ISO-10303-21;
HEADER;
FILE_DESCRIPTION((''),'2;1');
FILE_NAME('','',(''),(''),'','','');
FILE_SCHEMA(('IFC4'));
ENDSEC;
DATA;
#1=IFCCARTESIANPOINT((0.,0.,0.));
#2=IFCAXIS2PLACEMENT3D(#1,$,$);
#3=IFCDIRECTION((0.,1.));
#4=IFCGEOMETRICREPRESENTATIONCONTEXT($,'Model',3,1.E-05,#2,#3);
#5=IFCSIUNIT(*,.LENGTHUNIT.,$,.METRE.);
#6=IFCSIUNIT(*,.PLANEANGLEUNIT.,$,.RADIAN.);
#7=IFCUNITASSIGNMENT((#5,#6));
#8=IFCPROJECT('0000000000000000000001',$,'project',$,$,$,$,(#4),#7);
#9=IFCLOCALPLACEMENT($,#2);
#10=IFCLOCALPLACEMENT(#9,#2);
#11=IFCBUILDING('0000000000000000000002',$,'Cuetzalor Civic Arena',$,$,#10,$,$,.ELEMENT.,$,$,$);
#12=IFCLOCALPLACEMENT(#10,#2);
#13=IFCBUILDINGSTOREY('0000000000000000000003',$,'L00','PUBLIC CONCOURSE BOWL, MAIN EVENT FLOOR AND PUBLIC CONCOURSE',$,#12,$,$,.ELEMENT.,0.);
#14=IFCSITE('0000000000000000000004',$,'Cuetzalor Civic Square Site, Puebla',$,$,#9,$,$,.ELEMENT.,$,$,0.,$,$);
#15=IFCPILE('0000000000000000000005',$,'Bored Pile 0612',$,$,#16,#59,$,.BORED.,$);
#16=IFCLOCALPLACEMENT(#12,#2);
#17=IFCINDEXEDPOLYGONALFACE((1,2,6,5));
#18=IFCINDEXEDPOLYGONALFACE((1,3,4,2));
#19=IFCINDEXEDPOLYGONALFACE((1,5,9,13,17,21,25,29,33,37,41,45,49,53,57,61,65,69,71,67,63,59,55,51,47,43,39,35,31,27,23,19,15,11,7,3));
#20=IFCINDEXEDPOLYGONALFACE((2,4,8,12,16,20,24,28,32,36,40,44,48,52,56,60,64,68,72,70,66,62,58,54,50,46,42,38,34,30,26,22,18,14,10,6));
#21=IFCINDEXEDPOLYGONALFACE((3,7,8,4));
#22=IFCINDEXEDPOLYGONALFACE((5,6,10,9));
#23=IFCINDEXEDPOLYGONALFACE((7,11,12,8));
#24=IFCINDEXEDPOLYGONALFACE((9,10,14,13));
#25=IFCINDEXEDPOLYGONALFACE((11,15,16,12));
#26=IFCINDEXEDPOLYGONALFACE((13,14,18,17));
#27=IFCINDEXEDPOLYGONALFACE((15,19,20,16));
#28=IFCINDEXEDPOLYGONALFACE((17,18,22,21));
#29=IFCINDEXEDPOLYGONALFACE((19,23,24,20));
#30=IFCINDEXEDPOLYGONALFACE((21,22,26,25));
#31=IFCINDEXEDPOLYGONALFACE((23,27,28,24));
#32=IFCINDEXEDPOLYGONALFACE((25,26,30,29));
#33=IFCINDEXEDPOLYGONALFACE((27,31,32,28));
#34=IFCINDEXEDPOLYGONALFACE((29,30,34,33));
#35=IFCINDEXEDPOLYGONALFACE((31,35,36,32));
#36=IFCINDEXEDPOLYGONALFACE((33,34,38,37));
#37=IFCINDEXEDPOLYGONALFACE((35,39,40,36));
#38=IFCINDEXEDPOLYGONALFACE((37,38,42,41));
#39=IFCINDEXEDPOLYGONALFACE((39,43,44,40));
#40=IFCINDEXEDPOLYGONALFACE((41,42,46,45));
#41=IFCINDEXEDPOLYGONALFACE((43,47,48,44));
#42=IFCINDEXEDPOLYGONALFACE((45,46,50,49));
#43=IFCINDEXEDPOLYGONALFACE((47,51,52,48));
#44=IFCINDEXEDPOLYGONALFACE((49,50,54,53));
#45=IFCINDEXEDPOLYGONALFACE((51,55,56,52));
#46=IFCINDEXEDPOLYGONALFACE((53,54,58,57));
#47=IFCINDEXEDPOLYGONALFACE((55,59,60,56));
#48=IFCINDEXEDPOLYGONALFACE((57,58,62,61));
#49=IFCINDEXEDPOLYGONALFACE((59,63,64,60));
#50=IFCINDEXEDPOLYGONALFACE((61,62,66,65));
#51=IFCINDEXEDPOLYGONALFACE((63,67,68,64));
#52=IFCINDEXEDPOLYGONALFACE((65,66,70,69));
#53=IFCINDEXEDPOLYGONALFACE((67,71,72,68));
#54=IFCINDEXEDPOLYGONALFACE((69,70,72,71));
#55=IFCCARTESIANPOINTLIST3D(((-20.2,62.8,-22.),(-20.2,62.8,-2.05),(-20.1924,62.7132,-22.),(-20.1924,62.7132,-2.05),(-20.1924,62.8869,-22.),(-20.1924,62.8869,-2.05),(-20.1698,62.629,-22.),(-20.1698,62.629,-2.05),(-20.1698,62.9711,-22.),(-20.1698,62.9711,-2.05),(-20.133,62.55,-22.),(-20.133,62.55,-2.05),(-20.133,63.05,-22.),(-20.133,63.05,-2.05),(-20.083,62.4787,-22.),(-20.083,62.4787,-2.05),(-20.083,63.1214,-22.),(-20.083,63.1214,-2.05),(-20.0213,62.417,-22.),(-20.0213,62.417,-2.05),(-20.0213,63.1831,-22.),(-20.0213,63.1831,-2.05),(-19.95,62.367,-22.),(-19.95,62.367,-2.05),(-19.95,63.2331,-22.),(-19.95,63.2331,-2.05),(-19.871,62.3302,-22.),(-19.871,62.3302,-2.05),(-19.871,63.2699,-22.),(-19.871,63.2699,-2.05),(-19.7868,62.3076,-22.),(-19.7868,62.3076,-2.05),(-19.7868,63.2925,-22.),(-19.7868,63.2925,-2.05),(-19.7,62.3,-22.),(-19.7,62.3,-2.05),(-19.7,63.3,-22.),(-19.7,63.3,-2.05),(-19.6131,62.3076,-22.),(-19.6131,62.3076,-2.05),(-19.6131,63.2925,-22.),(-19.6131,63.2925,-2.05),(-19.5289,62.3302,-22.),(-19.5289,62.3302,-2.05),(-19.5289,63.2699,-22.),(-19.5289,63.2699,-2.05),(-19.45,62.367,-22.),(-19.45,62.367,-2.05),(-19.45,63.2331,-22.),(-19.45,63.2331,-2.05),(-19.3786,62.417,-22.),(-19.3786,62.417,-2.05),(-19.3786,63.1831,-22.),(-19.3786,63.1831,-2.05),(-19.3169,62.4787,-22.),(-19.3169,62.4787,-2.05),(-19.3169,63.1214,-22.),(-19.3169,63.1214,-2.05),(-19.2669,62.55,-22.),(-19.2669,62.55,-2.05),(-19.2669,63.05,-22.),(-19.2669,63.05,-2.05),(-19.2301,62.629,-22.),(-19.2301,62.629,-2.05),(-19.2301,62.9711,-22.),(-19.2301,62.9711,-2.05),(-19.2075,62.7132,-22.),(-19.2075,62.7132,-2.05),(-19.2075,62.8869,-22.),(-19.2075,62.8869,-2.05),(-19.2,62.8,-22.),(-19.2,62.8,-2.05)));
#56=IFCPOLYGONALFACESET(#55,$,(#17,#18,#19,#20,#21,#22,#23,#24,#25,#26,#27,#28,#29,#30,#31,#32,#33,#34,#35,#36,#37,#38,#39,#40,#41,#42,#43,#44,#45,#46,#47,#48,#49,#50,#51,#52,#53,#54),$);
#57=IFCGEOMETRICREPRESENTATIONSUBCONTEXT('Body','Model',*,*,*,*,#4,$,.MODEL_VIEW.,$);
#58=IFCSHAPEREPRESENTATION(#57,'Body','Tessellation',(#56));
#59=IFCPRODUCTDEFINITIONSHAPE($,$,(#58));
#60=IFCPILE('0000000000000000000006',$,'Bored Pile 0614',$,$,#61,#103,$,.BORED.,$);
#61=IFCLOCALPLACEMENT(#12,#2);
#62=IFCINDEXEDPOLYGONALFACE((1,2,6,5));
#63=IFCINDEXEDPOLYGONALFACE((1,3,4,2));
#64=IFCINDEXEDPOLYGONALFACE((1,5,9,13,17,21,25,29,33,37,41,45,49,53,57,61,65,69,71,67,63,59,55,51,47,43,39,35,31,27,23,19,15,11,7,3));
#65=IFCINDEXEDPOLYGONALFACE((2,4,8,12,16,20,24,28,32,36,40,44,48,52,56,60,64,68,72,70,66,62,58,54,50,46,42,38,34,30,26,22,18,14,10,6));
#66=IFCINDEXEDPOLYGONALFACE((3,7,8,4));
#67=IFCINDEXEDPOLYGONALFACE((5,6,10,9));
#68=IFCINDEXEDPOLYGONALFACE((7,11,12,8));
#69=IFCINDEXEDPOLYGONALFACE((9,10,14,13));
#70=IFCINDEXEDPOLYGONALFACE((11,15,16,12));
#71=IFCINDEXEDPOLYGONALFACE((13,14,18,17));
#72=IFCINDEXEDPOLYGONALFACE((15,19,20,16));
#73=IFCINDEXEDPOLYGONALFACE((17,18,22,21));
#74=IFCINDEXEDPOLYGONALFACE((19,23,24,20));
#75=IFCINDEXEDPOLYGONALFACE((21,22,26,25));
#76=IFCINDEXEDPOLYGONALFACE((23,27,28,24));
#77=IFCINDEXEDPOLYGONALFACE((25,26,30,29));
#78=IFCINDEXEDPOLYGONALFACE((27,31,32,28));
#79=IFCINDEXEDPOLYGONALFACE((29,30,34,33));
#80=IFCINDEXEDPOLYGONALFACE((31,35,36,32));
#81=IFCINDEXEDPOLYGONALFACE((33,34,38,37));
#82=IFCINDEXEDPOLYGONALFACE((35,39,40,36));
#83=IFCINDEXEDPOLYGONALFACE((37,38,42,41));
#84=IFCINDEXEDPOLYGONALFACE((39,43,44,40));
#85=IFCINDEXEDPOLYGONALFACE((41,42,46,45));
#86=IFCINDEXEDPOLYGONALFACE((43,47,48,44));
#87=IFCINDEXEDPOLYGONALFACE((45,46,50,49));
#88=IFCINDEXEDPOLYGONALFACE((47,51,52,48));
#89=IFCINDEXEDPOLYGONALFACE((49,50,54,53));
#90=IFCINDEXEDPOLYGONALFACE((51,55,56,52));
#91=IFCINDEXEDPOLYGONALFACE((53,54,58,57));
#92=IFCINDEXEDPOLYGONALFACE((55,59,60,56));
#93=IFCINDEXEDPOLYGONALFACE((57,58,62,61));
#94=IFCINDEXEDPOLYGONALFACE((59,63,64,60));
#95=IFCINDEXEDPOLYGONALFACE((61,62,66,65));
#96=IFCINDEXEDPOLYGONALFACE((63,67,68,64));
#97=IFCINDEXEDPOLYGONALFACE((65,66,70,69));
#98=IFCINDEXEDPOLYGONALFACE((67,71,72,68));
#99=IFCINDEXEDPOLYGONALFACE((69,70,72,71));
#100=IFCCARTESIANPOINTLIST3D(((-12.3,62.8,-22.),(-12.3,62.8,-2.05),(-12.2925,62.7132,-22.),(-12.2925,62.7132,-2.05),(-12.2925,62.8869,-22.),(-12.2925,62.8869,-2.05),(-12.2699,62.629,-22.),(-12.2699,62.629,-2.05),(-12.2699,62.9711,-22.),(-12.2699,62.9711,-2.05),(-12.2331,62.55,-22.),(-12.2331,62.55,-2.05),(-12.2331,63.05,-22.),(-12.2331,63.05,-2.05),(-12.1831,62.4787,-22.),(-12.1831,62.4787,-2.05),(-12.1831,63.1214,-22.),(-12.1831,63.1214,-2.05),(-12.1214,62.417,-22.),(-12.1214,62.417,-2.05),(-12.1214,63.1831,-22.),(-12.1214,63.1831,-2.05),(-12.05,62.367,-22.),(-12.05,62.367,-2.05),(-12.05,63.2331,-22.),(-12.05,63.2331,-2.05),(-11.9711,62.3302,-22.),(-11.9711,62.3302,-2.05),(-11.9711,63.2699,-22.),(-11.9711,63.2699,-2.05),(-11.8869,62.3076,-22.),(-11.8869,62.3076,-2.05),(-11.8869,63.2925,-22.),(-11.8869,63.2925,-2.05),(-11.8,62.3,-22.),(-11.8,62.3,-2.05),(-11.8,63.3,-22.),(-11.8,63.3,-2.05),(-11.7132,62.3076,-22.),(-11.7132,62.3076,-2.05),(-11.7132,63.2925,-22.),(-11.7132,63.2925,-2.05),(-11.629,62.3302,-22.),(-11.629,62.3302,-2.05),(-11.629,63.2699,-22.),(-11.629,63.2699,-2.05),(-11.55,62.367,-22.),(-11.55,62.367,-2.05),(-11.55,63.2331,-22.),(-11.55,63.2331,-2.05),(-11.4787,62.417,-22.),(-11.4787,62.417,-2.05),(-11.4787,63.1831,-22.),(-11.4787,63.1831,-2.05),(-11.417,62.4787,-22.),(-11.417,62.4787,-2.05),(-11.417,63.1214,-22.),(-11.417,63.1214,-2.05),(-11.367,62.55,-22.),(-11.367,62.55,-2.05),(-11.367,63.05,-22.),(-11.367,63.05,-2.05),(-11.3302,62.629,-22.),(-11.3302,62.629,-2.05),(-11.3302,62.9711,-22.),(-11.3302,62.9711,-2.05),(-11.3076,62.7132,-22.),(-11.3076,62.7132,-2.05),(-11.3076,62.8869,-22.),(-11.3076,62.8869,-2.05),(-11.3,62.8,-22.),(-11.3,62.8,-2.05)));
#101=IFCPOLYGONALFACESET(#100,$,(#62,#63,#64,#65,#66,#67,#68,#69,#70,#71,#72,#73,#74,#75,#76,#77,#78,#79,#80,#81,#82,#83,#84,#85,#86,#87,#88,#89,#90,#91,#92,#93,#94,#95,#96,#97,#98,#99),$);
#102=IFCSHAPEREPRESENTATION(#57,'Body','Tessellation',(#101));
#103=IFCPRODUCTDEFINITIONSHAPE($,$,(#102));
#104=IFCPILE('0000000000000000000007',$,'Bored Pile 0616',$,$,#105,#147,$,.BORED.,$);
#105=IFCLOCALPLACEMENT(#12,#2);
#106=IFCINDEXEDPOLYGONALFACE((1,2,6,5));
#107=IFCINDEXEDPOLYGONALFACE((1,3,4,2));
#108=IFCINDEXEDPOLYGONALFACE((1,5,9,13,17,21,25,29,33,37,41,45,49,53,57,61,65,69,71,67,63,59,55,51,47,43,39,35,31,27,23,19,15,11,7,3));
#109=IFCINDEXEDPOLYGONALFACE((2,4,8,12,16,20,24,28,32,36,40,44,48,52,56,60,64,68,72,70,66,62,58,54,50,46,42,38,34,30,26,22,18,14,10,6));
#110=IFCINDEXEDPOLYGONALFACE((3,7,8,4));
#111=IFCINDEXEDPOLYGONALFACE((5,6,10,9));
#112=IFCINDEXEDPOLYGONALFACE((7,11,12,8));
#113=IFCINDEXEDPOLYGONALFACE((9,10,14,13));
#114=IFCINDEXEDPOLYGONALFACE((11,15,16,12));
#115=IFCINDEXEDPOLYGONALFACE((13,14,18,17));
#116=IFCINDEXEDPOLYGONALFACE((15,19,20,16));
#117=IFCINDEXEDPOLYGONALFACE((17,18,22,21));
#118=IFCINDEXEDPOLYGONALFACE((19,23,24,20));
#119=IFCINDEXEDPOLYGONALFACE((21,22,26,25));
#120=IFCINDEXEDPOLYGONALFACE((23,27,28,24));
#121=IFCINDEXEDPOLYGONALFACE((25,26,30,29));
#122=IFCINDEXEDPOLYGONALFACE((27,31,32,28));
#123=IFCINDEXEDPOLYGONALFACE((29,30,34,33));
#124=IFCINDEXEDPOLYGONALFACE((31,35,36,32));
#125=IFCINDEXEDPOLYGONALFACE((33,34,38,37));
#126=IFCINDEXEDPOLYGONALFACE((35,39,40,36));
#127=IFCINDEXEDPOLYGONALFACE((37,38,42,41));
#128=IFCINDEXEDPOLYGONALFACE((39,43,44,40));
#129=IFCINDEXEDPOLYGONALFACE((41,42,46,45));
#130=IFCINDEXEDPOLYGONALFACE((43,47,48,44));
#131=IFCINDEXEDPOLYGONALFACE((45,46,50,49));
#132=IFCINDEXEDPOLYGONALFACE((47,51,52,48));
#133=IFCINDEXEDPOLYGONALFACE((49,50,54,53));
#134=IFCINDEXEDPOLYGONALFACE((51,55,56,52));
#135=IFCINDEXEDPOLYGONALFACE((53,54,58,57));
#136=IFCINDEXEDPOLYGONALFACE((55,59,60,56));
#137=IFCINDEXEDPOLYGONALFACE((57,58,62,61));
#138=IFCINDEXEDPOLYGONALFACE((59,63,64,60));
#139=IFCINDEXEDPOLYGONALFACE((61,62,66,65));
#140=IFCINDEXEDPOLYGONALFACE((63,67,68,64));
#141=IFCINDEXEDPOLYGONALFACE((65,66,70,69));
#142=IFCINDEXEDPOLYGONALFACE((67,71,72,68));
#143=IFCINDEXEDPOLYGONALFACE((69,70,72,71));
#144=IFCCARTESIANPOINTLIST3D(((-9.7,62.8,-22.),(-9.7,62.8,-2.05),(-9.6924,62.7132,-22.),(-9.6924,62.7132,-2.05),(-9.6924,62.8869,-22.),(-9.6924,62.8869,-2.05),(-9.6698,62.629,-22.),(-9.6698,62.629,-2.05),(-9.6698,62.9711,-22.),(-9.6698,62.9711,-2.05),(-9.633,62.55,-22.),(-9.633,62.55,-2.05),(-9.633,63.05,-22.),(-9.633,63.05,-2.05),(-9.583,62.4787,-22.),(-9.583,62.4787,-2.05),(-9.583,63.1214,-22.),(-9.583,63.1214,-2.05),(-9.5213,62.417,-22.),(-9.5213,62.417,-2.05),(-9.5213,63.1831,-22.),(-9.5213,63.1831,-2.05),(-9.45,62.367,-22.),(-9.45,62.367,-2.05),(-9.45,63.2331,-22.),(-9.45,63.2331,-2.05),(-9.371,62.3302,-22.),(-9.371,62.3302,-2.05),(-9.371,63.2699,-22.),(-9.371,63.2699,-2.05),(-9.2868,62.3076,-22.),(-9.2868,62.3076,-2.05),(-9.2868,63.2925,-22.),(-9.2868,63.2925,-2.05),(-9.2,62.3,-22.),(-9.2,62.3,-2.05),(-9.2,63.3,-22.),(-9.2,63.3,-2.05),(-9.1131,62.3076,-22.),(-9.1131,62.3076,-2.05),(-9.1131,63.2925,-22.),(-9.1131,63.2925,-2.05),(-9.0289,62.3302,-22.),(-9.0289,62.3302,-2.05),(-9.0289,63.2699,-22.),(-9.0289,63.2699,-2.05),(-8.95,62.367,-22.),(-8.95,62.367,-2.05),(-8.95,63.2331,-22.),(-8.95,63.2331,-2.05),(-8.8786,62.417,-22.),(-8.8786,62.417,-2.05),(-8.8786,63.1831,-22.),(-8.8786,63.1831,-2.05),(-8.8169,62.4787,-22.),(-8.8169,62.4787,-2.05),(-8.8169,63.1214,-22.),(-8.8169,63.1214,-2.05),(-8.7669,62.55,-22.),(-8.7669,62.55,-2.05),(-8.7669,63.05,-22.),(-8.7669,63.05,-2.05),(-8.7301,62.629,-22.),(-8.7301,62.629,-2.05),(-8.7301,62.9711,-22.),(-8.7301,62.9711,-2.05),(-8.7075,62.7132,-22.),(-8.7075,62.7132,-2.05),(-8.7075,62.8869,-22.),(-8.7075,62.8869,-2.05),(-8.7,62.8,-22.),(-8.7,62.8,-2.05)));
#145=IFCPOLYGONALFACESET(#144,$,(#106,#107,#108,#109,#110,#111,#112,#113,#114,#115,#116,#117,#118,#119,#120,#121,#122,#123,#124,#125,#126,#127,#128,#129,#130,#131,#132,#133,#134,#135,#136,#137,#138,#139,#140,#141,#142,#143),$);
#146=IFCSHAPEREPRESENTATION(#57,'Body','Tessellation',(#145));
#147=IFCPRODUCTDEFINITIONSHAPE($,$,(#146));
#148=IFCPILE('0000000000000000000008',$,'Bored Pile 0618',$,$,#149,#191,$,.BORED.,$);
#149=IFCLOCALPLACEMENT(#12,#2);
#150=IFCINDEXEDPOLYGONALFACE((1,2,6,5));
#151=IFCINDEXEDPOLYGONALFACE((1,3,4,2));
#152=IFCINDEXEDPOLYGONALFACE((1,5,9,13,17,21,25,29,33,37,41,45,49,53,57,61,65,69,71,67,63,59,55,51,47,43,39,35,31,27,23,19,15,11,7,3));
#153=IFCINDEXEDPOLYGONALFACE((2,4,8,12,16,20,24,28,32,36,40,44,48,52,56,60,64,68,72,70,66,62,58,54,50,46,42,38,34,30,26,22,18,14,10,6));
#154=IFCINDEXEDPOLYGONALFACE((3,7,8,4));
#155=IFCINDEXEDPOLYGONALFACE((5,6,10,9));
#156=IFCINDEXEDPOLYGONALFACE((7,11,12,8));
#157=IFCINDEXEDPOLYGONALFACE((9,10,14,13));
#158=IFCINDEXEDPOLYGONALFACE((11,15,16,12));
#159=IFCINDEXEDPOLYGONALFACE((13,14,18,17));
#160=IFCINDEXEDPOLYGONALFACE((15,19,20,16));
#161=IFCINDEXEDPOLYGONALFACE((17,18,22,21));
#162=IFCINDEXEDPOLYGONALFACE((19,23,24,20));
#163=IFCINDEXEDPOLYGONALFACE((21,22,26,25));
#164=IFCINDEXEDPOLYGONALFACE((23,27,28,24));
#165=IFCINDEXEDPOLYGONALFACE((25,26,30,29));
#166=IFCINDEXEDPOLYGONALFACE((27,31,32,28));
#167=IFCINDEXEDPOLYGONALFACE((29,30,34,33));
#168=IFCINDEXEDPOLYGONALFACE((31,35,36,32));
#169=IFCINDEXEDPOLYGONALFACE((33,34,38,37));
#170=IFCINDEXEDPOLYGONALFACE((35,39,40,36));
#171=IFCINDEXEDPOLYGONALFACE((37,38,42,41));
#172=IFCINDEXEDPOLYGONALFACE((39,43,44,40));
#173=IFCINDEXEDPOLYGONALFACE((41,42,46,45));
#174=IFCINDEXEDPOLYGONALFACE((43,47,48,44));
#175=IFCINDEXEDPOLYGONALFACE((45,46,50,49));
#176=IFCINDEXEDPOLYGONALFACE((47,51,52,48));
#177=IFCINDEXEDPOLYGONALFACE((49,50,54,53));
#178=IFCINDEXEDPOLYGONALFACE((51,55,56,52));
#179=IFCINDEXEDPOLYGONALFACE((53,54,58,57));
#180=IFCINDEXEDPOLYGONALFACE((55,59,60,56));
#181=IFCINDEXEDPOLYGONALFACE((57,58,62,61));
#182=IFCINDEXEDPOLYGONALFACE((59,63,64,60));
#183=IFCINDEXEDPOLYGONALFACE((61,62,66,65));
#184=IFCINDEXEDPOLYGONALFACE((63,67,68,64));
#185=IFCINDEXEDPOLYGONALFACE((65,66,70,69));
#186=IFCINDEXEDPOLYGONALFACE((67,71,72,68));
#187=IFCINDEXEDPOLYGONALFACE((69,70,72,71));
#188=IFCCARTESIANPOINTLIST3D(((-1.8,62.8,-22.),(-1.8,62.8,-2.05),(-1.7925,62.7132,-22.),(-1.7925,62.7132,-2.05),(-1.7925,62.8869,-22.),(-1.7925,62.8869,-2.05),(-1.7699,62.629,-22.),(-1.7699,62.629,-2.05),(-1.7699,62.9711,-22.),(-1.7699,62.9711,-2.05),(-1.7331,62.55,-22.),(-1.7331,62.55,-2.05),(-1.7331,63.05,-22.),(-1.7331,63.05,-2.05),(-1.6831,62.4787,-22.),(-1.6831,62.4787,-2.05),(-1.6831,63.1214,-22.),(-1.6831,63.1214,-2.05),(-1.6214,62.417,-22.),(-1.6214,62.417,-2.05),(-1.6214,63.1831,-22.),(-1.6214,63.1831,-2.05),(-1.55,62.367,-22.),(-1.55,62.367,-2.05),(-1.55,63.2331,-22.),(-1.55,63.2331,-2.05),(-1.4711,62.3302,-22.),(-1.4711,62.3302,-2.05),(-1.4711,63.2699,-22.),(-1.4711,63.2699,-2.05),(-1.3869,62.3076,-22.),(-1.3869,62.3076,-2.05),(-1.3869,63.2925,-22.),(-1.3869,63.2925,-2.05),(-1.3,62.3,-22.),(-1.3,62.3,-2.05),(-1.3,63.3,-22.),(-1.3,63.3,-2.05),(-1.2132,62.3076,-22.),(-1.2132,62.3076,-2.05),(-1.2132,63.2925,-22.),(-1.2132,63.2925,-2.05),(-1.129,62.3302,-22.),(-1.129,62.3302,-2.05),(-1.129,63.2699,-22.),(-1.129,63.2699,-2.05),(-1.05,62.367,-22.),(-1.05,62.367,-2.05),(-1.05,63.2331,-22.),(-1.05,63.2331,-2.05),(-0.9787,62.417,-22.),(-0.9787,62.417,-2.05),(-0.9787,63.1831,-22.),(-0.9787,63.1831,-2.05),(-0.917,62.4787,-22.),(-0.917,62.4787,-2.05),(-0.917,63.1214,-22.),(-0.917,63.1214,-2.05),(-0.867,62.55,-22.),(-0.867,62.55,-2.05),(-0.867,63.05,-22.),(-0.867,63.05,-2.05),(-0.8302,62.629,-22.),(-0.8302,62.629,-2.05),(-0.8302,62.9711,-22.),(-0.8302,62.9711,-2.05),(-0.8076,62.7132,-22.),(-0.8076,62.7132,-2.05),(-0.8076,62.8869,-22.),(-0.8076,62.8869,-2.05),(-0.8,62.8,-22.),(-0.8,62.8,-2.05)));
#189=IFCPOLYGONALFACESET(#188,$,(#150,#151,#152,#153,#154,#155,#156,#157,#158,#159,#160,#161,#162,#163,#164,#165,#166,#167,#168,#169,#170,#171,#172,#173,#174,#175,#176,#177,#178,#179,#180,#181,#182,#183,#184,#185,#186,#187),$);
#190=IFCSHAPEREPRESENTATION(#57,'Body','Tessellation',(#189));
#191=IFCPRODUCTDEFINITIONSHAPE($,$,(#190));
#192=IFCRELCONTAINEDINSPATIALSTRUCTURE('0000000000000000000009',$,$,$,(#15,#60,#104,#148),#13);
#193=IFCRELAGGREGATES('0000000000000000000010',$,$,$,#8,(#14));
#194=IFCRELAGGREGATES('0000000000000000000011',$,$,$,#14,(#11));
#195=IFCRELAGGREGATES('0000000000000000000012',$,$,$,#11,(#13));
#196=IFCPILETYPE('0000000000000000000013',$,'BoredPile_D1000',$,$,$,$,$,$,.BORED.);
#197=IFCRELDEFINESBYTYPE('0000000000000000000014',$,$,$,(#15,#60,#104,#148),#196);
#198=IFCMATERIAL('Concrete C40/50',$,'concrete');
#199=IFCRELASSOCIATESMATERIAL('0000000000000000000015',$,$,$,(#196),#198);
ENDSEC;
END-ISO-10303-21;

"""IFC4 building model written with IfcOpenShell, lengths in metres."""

from ifc_helpers import new_model, si_unit, direction, frame, origin, origin_2d, place, context, subcontext, project, spatial, circle, extrude, material, material_profile, profile_set, type_object, element, save


model = new_model("IFC4")

# Units and contexts
model_context = context("Model", 3, precision=1e-05, world=origin(), true_north=direction((0.0, 1.0)))
body_context = subcontext(model_context, "Body", "Model", "MODEL_VIEW")
ifc_project = project(units=[si_unit("LENGTHUNIT", "METRE"), si_unit("PLANEANGLEUNIT", "RADIAN")], contexts=[model_context])

# Site, building, storey
site_placement = place(None, origin())
site = spatial("IfcSite", under=ifc_project, at=site_placement, Name="Cuetzalor Civic Square Site, Puebla", CompositionType="ELEMENT", RefElevation=0.0)
building_placement = place(site_placement, origin())
building = spatial("IfcBuilding", under=site, at=building_placement, Name="Cuetzalor Civic Arena", CompositionType="ELEMENT")
storey_placement = place(building_placement, origin())
storey = spatial("IfcBuildingStorey", under=building, at=storey_placement, Name="L00", Description="PUBLIC CONCOURSE BOWL, MAIN EVENT FLOOR AND PUBLIC CONCOURSE", CompositionType="ELEMENT", Elevation=0.0)

# Piles
ifc_material_1 = material(Name="Concrete C40/50", Category="concrete")
ifc_material_profile_1 = material_profile(ifc_material_1, circle(Radius=0.5, at=origin_2d()), Name="BORED PILE D1000")
ifc_profile_set_1 = profile_set([ifc_material_profile_1], Name="Concrete C40/50")
pile_type = type_object("IfcPileType", Name="BoredPile_D1000", PredefinedType="BORED", material=ifc_profile_set_1)
for number, where, z_axis, x_axis, name in (
    (1, (-19.7, 62.8, -2.05), (0.0, 0.0, -1.0), (1.0, 0.0, 0.0), "Bored Pile 0612"),
    (2, (-11.8, 62.8, -2.05), (0.0, 0.0, -1.0), (1.0, 0.0, 0.0), "Bored Pile 0614"),
    (3, (-9.2, 62.8, -2.05), (0.0, 0.0, -1.0), (1.0, 0.0, 0.0), "Bored Pile 0616"),
    (4, (-1.3, 62.8, -2.05), (0.0, 0.0, -1.0), (1.0, 0.0, 0.0), "Bored Pile 0618"),
):
    element("IfcPile", number, at=place(storey_placement, frame(where, z_axis=z_axis, x_axis=x_axis)), inside=storey, type_object=pile_type, Name=name, PredefinedType="BORED", context=body_context, shape_type="SweptSolid", body=[
        extrude(circle(Radius=0.5, at=origin_2d()), origin(), (0.0, 0.0, 1.0), 19.95),
    ])

save(model, "model.ifc")
